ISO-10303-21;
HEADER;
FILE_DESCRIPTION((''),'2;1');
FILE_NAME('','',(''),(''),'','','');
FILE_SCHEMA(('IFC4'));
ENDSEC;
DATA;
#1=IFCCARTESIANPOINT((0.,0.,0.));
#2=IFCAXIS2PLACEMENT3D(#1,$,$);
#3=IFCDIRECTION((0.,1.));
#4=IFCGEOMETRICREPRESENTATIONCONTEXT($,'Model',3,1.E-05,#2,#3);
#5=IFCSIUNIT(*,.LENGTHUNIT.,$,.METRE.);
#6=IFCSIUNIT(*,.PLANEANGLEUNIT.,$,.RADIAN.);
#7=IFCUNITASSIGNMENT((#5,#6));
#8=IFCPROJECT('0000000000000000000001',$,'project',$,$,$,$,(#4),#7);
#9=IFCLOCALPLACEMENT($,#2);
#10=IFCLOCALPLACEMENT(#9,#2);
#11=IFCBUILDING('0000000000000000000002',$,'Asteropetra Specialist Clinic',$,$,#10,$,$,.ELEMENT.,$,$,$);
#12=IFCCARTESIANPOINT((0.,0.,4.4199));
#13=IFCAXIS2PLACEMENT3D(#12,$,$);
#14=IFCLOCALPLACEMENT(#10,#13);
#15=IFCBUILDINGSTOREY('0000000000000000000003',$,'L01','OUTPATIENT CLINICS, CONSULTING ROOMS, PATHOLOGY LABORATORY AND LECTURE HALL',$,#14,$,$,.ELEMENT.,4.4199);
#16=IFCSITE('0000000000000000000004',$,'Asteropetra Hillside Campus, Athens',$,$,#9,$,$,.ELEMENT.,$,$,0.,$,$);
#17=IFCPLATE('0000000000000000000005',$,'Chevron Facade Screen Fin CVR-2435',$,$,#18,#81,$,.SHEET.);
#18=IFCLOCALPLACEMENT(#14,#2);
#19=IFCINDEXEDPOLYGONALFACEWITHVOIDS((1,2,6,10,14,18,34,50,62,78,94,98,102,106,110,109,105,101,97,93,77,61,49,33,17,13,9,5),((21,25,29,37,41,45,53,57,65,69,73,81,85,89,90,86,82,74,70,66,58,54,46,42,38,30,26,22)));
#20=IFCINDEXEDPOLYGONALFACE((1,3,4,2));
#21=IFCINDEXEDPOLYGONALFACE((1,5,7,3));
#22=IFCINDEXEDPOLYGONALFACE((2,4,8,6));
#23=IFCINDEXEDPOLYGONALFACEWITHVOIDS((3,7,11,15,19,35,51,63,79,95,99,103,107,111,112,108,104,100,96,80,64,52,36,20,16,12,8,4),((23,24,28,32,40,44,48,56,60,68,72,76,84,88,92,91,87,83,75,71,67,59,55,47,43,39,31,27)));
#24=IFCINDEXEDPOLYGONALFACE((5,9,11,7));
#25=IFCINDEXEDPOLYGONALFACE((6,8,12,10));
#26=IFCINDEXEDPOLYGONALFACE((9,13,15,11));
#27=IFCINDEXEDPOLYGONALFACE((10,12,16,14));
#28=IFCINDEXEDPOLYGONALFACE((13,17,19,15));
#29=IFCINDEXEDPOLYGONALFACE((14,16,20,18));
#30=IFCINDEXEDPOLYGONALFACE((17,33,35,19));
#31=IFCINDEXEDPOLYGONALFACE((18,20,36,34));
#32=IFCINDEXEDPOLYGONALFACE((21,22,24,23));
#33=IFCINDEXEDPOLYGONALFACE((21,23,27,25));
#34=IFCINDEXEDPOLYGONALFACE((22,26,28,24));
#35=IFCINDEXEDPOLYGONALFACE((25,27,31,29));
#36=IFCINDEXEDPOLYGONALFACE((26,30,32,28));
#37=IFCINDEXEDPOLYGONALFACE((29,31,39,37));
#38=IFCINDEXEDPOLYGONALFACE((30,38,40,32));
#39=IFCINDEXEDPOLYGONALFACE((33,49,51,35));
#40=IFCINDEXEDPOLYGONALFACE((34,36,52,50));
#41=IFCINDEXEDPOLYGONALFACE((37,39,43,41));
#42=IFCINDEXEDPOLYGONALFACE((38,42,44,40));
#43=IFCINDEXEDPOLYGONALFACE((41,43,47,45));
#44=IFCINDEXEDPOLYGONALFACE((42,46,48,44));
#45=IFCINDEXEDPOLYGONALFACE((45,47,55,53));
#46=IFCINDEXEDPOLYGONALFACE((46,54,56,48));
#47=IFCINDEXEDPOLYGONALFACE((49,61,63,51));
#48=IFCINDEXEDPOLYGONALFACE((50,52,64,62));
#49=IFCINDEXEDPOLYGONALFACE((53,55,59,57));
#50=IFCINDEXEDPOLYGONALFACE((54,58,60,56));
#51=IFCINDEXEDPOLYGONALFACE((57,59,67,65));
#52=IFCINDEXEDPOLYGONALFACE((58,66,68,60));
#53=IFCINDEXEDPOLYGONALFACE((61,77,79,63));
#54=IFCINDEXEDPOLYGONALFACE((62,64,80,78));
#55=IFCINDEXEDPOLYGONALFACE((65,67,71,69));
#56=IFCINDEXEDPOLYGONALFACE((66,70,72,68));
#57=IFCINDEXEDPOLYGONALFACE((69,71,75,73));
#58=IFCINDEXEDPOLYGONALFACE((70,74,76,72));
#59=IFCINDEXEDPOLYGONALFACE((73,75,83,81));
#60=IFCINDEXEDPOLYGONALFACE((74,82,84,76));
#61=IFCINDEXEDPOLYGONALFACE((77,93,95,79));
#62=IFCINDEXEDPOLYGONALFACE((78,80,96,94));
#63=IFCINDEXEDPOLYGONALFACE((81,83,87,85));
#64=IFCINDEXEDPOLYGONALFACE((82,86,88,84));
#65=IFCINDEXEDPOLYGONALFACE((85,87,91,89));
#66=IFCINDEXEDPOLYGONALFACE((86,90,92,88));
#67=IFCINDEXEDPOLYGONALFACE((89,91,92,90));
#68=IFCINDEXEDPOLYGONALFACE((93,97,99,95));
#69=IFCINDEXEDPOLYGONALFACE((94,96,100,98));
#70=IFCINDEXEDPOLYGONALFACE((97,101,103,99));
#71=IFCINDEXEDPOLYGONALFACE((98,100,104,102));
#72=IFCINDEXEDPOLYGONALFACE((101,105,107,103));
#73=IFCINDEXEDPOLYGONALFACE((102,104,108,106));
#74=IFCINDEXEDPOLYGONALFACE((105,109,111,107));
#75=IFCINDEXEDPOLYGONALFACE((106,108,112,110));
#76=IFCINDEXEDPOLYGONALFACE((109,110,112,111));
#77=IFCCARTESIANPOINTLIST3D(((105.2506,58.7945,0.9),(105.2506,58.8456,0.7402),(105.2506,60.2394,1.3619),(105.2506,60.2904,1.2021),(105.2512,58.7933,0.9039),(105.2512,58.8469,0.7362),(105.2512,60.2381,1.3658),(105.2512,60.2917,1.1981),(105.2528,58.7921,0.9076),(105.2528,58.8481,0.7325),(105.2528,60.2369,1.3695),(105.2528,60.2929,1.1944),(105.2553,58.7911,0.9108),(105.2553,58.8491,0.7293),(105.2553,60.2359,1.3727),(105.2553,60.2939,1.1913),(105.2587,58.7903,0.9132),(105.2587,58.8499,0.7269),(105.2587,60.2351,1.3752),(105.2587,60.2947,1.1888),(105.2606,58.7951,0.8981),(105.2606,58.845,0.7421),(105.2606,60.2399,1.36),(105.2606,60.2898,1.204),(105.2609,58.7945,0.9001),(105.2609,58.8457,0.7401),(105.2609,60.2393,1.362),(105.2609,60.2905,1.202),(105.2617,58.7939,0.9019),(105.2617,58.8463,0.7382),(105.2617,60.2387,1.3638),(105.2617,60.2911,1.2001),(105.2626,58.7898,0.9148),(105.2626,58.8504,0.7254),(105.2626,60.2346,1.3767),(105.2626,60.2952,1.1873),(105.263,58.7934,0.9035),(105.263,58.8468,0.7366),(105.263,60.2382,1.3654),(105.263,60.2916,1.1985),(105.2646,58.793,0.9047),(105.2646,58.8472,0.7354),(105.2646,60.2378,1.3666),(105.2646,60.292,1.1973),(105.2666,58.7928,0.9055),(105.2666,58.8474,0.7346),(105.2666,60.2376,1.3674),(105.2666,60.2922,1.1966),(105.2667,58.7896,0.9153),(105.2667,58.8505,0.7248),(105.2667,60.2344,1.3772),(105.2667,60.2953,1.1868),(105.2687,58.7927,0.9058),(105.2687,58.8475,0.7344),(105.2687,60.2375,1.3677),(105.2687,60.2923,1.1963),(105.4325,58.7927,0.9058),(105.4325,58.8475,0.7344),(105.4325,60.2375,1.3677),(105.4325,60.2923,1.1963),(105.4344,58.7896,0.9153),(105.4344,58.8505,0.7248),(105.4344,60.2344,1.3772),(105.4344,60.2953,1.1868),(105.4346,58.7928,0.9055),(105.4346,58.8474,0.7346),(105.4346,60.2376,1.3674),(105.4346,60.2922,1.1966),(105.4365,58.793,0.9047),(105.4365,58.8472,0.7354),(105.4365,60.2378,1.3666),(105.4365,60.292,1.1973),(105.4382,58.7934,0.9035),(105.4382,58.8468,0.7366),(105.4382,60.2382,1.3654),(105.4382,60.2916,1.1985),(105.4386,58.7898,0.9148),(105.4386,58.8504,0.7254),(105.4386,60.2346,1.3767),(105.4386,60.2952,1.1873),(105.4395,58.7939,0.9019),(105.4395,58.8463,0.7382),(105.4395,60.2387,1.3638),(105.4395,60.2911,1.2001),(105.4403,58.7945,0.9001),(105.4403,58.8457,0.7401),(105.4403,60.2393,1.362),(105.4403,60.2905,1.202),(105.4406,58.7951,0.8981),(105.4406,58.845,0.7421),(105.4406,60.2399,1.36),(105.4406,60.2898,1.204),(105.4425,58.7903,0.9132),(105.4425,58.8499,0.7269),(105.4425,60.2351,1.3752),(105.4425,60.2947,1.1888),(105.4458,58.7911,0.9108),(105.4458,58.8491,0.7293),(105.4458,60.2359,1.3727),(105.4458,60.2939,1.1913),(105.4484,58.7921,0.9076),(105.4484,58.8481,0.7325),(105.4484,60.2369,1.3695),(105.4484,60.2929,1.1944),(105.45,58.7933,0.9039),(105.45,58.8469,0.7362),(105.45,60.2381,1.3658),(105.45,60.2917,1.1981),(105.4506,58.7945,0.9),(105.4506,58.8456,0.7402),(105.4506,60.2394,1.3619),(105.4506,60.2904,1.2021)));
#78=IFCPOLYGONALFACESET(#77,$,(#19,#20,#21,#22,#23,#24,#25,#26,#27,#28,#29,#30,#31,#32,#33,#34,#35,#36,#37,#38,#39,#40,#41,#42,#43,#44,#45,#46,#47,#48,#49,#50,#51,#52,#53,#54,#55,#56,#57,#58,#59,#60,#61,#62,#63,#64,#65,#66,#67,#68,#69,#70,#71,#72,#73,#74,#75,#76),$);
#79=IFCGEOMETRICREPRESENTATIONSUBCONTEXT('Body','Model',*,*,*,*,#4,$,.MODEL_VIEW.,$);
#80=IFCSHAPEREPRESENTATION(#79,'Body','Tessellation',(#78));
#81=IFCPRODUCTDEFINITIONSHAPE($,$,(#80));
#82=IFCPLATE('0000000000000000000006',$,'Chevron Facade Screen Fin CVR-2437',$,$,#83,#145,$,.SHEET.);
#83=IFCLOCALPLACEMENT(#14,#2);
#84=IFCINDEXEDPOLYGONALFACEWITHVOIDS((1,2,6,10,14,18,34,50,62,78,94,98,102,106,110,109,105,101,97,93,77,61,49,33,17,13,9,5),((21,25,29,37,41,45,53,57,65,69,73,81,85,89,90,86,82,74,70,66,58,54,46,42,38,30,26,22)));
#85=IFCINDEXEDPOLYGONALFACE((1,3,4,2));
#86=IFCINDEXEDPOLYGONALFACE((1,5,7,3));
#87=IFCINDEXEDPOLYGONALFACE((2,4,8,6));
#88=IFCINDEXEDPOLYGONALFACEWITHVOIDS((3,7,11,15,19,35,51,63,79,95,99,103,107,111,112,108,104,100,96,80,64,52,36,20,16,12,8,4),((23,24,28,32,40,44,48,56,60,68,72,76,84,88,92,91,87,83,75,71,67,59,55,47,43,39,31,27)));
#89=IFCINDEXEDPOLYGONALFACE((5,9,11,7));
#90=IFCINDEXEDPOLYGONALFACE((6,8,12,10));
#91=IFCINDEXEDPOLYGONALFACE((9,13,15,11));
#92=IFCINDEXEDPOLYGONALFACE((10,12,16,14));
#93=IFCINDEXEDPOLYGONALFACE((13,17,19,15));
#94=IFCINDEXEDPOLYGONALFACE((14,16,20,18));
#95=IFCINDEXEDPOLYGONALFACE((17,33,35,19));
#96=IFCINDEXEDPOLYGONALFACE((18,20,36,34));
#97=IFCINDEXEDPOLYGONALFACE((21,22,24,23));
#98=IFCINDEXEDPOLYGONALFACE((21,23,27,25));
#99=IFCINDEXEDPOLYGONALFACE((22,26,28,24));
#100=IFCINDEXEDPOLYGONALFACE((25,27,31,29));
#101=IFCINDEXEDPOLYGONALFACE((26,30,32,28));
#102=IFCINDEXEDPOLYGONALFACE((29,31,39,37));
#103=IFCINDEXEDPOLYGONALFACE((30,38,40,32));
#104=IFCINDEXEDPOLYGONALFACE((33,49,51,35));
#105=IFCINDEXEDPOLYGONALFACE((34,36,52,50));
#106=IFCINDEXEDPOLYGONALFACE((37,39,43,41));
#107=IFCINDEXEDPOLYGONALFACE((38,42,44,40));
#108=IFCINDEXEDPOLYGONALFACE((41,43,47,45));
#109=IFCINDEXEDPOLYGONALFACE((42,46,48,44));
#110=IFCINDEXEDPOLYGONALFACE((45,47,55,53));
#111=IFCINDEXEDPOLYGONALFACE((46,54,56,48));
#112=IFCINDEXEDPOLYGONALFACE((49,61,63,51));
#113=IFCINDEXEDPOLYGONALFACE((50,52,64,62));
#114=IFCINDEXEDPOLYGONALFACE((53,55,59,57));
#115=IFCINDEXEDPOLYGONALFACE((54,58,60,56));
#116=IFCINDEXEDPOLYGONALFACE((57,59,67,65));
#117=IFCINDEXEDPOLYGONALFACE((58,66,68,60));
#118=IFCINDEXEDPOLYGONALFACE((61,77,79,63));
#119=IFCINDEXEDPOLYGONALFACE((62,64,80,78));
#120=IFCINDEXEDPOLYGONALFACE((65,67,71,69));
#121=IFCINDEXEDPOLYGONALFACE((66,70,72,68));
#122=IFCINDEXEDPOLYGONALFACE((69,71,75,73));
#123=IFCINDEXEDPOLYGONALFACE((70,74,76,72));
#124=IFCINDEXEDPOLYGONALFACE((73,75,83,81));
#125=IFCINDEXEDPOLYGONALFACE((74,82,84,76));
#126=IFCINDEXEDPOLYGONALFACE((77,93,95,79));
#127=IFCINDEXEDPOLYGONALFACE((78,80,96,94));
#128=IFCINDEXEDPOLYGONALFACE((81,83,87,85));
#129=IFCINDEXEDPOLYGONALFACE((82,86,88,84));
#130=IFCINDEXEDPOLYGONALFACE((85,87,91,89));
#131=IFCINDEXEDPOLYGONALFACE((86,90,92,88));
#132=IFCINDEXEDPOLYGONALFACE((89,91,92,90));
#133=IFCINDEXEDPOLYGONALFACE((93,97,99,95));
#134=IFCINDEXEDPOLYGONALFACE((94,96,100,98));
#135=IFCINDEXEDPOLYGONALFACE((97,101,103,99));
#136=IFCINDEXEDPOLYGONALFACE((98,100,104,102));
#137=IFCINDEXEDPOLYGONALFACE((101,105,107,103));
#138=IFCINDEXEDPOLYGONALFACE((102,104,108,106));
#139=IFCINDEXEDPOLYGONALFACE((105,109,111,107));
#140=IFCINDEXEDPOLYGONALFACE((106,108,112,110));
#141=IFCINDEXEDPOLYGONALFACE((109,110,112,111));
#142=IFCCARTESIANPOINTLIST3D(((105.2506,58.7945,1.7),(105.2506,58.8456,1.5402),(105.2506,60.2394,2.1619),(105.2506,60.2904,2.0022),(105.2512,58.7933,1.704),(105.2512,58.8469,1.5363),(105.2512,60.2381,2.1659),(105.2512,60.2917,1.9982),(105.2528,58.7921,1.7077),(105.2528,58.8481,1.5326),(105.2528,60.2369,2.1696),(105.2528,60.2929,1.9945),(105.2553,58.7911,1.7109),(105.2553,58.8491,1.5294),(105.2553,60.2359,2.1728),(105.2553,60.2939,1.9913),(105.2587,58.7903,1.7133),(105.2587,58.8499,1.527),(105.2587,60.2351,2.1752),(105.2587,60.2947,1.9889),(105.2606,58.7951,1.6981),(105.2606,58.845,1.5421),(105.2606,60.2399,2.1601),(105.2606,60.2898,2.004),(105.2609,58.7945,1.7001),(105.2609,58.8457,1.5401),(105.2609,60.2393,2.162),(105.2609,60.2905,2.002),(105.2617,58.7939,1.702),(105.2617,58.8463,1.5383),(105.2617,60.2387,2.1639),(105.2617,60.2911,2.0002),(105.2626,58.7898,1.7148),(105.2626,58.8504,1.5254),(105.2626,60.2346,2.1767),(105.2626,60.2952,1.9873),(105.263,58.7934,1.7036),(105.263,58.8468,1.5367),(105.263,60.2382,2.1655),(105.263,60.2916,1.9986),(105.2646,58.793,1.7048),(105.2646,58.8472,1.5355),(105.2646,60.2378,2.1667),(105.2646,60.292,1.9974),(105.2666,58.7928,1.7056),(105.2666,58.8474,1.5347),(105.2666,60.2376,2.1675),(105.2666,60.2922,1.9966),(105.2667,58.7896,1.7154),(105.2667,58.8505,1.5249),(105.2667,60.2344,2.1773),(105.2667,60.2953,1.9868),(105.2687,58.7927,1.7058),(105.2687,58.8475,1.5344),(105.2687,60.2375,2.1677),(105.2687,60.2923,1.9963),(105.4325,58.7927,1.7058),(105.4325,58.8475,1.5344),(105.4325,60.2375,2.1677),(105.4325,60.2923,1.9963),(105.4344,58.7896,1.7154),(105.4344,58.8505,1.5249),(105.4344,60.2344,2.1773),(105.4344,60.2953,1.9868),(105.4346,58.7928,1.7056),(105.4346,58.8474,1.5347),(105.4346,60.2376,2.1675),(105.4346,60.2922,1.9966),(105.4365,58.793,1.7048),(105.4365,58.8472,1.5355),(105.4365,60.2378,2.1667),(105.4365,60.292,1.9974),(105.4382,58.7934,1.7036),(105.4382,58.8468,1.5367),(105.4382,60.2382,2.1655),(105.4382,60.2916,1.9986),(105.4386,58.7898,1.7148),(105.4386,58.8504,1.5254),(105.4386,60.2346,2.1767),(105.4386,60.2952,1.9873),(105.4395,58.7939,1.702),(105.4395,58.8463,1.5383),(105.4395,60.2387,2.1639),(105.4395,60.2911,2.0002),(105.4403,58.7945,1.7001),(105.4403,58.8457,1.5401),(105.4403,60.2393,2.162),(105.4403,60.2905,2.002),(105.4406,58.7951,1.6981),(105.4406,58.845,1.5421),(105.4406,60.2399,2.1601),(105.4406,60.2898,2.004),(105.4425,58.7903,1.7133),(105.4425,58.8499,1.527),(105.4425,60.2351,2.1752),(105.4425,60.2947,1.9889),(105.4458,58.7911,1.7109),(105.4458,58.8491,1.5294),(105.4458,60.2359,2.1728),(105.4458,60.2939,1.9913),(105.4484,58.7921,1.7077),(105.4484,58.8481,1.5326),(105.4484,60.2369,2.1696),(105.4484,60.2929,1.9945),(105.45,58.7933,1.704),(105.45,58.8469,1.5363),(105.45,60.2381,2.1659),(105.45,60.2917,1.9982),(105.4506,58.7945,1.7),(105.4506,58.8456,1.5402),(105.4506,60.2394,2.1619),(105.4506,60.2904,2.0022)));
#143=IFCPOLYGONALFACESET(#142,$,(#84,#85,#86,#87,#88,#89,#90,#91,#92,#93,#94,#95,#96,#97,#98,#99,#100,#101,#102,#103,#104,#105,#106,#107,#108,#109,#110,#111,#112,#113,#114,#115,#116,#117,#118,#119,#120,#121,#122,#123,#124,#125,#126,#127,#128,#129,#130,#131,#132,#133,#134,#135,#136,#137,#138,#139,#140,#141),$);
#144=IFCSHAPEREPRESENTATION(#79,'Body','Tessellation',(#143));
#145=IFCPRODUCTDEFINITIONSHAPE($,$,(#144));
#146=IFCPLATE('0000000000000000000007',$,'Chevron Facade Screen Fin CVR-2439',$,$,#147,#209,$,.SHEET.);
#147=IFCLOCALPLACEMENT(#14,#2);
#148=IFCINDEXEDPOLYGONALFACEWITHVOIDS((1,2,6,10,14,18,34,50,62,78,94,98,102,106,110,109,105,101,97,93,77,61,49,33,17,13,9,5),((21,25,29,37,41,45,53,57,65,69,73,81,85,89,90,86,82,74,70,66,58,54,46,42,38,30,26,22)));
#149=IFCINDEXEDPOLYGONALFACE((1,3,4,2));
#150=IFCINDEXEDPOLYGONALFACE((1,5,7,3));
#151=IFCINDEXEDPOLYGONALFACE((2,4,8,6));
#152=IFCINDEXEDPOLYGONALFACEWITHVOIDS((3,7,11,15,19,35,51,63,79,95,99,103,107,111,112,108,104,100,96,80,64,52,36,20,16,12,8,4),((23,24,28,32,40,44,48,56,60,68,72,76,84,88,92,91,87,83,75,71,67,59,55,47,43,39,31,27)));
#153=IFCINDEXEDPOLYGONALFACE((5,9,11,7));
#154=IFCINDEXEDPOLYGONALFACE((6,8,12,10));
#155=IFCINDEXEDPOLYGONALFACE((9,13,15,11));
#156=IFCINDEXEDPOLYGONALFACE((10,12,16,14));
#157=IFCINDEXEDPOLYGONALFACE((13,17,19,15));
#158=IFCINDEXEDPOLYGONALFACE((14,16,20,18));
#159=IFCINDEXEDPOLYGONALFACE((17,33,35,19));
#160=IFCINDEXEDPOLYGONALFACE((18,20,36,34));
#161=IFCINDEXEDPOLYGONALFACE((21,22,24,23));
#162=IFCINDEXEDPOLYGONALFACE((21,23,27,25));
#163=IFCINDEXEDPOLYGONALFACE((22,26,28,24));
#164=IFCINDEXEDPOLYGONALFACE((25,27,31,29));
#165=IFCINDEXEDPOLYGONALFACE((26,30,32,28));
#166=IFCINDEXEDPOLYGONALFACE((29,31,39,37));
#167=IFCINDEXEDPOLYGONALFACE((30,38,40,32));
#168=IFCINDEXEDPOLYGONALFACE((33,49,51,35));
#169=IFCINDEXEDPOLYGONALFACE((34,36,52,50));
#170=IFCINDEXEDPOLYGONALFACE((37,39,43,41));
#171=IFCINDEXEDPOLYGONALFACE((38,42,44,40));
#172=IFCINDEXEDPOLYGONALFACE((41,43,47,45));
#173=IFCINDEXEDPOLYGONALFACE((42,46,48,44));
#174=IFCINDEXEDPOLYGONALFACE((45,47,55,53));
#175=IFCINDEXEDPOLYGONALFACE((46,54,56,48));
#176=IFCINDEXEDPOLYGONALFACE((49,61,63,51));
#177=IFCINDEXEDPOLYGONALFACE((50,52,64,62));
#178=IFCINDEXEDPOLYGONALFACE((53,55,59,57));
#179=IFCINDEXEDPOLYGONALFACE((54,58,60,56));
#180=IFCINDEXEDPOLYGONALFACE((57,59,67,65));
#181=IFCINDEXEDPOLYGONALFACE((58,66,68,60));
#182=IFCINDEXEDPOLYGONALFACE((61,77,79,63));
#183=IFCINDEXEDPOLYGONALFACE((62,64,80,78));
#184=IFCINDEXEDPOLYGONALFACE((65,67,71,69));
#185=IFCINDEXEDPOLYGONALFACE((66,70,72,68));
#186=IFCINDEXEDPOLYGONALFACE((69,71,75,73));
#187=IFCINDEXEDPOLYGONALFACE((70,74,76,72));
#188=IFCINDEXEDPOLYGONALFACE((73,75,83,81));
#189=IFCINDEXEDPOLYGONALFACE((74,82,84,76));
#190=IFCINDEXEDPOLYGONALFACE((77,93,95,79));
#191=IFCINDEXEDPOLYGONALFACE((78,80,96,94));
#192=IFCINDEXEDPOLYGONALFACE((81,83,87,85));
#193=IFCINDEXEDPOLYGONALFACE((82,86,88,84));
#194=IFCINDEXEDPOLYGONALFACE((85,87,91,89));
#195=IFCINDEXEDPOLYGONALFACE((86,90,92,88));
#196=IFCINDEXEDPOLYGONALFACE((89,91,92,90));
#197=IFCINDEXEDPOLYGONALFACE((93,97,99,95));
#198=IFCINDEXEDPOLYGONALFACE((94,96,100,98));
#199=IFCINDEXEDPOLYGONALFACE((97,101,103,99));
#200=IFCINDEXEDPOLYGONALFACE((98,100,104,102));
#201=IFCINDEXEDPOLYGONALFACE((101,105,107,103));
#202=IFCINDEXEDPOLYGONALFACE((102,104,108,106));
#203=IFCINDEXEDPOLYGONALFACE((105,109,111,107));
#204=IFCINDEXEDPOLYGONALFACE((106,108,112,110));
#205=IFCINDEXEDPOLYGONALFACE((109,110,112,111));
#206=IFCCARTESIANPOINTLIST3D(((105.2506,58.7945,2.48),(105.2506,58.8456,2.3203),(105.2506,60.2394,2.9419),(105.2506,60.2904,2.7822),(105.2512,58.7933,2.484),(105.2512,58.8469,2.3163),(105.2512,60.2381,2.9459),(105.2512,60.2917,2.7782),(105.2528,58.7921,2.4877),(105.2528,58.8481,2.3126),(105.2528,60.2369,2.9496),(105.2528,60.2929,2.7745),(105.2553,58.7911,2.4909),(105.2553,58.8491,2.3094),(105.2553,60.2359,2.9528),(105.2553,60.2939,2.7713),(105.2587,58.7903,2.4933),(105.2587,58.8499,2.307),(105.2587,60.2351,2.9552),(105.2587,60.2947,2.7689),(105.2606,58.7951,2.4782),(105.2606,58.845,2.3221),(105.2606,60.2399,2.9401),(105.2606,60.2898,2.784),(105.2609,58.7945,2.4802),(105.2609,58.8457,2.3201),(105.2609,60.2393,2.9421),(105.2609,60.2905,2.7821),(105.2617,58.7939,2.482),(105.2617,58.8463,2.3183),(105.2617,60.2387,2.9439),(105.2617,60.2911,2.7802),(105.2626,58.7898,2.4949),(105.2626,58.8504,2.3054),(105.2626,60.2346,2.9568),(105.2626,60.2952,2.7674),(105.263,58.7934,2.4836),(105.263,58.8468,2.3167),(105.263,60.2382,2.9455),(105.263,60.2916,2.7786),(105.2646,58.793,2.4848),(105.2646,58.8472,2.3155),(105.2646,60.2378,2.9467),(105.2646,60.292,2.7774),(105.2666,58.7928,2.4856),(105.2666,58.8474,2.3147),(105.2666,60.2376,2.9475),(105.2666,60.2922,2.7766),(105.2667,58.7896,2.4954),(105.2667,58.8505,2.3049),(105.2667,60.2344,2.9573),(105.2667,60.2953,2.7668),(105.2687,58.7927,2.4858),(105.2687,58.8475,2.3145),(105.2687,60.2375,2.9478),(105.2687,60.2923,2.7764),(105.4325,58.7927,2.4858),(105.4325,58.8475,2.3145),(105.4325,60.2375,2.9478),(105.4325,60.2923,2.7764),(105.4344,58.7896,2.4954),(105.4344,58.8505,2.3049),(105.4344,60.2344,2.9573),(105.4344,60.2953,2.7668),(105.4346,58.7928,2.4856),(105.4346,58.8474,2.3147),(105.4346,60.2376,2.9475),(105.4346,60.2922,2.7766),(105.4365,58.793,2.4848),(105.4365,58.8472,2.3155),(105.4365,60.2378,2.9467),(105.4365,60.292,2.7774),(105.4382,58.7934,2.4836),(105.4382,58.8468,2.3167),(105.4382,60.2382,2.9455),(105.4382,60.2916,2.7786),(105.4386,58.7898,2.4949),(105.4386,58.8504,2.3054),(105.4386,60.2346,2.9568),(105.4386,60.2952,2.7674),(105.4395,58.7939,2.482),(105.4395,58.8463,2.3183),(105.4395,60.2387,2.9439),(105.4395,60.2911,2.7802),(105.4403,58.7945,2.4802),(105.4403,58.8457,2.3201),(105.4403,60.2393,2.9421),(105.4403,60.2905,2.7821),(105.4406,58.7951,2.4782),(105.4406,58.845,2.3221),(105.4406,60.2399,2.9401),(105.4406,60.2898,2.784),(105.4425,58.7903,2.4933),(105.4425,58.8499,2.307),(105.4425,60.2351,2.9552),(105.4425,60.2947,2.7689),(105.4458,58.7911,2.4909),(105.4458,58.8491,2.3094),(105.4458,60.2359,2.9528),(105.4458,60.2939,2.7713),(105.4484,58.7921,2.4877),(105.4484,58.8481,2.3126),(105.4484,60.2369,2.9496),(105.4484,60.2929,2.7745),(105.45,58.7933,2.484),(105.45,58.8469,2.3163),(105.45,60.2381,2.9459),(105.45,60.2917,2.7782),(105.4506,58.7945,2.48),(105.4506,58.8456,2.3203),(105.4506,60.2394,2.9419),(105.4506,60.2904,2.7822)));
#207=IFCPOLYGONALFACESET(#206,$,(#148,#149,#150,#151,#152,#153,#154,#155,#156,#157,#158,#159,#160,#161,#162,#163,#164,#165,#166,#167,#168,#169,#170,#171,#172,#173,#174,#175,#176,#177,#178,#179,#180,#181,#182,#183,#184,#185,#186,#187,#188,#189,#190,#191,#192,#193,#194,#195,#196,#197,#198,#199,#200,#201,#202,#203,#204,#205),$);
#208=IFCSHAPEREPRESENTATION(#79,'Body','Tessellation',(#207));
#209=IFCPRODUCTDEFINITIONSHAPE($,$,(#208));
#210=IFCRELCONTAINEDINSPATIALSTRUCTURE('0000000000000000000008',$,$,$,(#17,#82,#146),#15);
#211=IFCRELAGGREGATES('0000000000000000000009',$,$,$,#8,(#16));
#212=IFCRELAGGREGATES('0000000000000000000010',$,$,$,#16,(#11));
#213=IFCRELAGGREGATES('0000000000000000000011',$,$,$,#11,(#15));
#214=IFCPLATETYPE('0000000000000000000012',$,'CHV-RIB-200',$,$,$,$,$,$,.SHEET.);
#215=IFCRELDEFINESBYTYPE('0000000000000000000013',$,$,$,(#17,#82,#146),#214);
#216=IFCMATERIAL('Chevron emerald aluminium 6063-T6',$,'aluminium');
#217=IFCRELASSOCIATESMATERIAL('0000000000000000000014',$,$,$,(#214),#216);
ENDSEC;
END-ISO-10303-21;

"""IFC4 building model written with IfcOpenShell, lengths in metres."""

from ifc_helpers import new_model, si_unit, direction, frame, origin, origin_2d, place, context, subcontext, project, spatial, hollow_rectangle, extrude, material, material_profile, profile_set, type_object, element, save


model = new_model("IFC4")

# Units and contexts
model_context = context("Model", 3, precision=1e-05, world=origin(), true_north=direction((0.0, 1.0)))
body_context = subcontext(model_context, "Body", "Model", "MODEL_VIEW")
ifc_project = project(units=[si_unit("LENGTHUNIT", "METRE"), si_unit("PLANEANGLEUNIT", "RADIAN")], contexts=[model_context])

# Site, building, storey
site_placement = place(None, origin())
site = spatial("IfcSite", under=ifc_project, at=site_placement, Name="Asteropetra Hillside Campus, Athens", CompositionType="ELEMENT", RefElevation=0.0)
building_placement = place(site_placement, origin())
building = spatial("IfcBuilding", under=site, at=building_placement, Name="Asteropetra Specialist Clinic", CompositionType="ELEMENT")
storey_placement = place(building_placement, frame((0.0, 0.0, 4.4199)))
storey = spatial("IfcBuildingStorey", under=building, at=storey_placement, Name="L01", Description="OUTPATIENT CLINICS, CONSULTING ROOMS, PATHOLOGY LABORATORY AND LECTURE HALL", CompositionType="ELEMENT", Elevation=4.4199)

# Plates
ifc_material_1 = material(Name="Chevron emerald aluminium 6063-T6", Category="aluminium")
ifc_material_profile_1 = material_profile(ifc_material_1, hollow_rectangle(XDim=0.2, YDim=0.2, WallThickness=0.01, InnerFilletRadius=0.0081, OuterFilletRadius=0.0161, at=origin_2d()), Name="SHS 200x200x10.0")
ifc_profile_set_1 = profile_set([ifc_material_profile_1], Name="Chevron emerald aluminium 6063-T6")
plate_type = type_object("IfcPlateType", Name="CHV-RIB-200", PredefinedType="SHEET", material=ifc_profile_set_1)
for number, where, z_axis, x_axis, name in (
    (1, (105.3506, 60.2649, 1.282), (0.0, -0.952506, -0.304519), (1.0, 0.0, 0.0), "Chevron Facade Screen Fin CVR-2435"),
    (2, (105.3506, 60.2649, 2.082), (0.0, -0.952506, -0.304519), (1.0, 0.0, 0.0), "Chevron Facade Screen Fin CVR-2437"),
    (3, (105.3506, 60.2649, 2.8621), (0.0, -0.952506, -0.304519), (1.0, 0.0, 0.0), "Chevron Facade Screen Fin CVR-2439"),
):
    element("IfcPlate", number, at=place(storey_placement, frame(where, z_axis=z_axis, x_axis=x_axis)), inside=storey, type_object=plate_type, Name=name, PredefinedType="SHEET", context=body_context, shape_type="SweptSolid", body=[
        extrude(hollow_rectangle(XDim=0.2, YDim=0.2, WallThickness=0.01, InnerFilletRadius=0.0081, OuterFilletRadius=0.0161, at=origin_2d()), origin(), (0.0, 0.0, 1.0), 1.5168),
    ])

save(model, "model.ifc")
